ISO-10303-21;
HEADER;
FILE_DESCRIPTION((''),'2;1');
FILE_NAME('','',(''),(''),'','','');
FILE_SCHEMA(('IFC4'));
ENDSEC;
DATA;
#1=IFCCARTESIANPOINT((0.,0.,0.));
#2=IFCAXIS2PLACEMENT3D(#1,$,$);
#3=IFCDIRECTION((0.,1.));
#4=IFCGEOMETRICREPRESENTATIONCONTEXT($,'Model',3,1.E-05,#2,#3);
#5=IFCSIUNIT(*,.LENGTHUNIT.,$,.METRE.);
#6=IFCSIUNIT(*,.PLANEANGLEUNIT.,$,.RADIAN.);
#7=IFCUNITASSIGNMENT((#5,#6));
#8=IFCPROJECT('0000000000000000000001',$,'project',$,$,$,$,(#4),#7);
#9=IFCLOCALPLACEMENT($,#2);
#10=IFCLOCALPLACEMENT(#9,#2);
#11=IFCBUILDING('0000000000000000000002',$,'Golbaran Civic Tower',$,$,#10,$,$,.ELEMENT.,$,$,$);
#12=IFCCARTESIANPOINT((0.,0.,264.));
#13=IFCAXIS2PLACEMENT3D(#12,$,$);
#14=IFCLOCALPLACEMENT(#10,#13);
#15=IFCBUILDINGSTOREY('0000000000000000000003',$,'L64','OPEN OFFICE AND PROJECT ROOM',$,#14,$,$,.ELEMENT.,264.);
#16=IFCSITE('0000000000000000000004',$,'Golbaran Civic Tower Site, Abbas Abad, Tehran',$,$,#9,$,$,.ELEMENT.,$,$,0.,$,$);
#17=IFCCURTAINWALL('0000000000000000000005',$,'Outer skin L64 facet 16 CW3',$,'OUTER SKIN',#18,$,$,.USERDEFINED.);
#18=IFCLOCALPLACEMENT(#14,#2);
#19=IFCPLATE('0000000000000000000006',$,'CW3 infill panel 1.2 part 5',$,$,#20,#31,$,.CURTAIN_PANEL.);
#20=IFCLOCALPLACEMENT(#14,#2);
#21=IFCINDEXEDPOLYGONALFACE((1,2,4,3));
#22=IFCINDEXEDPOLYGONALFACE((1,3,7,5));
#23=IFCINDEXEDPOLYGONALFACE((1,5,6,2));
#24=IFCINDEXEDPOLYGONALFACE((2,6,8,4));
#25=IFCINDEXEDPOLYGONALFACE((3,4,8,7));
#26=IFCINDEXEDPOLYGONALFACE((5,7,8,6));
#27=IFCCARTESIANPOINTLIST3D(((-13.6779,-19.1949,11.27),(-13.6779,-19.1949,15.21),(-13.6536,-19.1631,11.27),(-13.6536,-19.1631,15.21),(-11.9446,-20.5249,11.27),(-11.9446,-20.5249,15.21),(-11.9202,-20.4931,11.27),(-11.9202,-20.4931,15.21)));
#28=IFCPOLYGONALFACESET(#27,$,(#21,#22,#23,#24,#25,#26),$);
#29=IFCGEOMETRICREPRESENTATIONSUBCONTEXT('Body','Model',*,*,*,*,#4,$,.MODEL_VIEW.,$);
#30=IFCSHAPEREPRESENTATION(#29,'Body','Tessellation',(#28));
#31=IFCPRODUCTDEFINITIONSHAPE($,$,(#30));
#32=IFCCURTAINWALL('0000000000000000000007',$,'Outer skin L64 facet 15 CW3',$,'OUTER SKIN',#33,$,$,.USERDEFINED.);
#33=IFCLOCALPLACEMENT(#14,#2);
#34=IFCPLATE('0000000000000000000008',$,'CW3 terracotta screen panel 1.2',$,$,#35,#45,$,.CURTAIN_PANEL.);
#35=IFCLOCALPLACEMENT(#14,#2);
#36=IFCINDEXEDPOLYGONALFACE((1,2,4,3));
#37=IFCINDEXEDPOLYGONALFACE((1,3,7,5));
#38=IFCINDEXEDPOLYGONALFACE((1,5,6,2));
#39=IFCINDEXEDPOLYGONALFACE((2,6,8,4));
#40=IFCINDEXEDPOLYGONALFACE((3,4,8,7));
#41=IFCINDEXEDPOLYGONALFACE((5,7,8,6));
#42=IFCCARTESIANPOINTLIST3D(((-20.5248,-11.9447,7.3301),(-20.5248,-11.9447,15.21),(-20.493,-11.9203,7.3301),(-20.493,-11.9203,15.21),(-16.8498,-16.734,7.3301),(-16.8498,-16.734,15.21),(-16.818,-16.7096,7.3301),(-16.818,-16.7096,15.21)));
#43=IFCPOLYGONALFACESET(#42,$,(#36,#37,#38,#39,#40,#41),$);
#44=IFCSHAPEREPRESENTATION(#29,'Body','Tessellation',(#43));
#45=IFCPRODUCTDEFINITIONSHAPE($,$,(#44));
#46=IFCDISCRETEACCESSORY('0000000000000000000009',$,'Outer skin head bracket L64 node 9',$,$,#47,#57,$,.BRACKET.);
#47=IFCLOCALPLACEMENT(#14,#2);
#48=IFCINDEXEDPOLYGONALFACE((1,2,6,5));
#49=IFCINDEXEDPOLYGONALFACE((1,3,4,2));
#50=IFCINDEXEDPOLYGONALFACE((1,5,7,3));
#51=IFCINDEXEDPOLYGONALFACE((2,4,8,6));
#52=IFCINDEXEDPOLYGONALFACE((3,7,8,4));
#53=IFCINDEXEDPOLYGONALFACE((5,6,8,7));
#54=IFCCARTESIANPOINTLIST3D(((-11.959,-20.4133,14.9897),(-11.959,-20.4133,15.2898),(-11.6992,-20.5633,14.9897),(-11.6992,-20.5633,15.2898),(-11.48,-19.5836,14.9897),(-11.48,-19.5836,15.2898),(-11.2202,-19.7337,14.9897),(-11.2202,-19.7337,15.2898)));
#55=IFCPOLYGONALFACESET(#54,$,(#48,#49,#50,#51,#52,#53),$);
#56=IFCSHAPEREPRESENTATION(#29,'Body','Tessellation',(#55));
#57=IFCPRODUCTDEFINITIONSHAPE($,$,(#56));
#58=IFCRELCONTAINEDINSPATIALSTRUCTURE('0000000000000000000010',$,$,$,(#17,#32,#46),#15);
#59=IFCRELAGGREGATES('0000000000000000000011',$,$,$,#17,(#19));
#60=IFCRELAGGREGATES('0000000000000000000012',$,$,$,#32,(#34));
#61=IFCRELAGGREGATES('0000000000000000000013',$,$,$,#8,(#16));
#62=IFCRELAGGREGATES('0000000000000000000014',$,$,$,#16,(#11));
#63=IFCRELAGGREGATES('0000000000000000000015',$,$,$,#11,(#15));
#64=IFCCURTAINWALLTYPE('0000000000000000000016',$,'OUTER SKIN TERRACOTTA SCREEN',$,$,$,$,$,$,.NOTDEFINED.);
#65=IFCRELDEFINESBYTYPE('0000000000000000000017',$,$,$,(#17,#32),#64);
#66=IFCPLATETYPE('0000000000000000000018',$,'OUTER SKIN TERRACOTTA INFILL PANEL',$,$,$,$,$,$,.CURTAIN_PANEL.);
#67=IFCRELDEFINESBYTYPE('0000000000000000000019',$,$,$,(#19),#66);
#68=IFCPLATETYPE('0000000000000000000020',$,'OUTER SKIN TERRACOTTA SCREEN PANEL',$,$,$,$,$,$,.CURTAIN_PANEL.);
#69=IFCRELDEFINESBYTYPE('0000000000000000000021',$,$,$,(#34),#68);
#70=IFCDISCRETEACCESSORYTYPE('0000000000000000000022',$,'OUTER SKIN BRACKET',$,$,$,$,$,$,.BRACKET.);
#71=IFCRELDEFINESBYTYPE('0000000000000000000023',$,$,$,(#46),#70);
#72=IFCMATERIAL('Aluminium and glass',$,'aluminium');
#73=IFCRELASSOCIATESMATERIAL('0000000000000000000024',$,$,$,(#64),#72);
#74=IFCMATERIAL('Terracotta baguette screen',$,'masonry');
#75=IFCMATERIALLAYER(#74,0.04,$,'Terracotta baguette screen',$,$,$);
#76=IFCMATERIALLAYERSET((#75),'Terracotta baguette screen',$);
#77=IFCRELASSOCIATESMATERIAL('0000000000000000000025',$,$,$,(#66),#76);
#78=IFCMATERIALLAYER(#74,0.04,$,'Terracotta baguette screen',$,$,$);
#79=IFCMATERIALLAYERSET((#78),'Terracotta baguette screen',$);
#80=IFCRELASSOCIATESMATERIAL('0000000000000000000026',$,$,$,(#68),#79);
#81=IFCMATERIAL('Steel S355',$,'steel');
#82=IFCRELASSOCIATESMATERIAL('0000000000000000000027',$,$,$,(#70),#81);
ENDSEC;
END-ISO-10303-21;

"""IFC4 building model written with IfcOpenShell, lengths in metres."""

from ifc_helpers import new_model, si_unit, direction, frame, origin, origin_2d, place, context, subcontext, project, spatial, rectangle, extrude, material, layer, layer_set, type_object, element, aggregate, save


model = new_model("IFC4")

# Units and contexts
model_context = context("Model", 3, precision=1e-05, world=origin(), true_north=direction((0.0, 1.0)))
body_context = subcontext(model_context, "Body", "Model", "MODEL_VIEW")
ifc_project = project(units=[si_unit("LENGTHUNIT", "METRE"), si_unit("PLANEANGLEUNIT", "RADIAN")], contexts=[model_context])

# Site, building, storey
site_placement = place(None, origin())
site = spatial("IfcSite", under=ifc_project, at=site_placement, Name="Golbaran Civic Tower Site, Abbas Abad, Tehran", CompositionType="ELEMENT", RefElevation=0.0)
building_placement = place(site_placement, origin())
building = spatial("IfcBuilding", under=site, at=building_placement, Name="Golbaran Civic Tower", CompositionType="ELEMENT")
storey_placement = place(building_placement, frame((0.0, 0.0, 264.0)))
storey = spatial("IfcBuildingStorey", under=building, at=storey_placement, Name="L64", Description="OPEN OFFICE AND PROJECT ROOM", CompositionType="ELEMENT", Elevation=264.0)

# Curtain wall
ifc_material_1 = material(Name="Aluminium and glass", Category="aluminium")
curtain_wall_type_1 = type_object("IfcCurtainWallType", Name="OUTER SKIN TERRACOTTA SCREEN", PredefinedType="NOTDEFINED", material=ifc_material_1)
curtain_wall_1_placement = place(storey_placement, origin())
curtain_wall_1 = element("IfcCurtainWall", 1, at=curtain_wall_1_placement, inside=storey, type_object=curtain_wall_type_1, Name="Outer skin L64 facet 16 CW3", ObjectType="OUTER SKIN", PredefinedType="USERDEFINED")

# Plate
ifc_material_2 = material(Name="Terracotta baguette screen", Category="masonry")
ifc_layer_1 = layer(ifc_material_2, 0.04, Name="Terracotta baguette screen")
ifc_layer_set_1 = layer_set([ifc_layer_1], Name="Terracotta baguette screen")
plate_type_1 = type_object("IfcPlateType", Name="OUTER SKIN TERRACOTTA INFILL PANEL", PredefinedType="CURTAIN_PANEL", material=ifc_layer_set_1)
plate_1_placement = place(storey_placement, frame((-12.7991, -19.844, 11.27), z_axis=(0.0, 0.0, 1.0), x_axis=(0.793353, -0.608761, 0.0)))
plate_1 = element("IfcPlate", 2, at=plate_1_placement, type_object=plate_type_1, Name="CW3 infill panel 1.2 part 5", PredefinedType="CURTAIN_PANEL", context=body_context, shape_type="SweptSolid", body=[
    extrude(rectangle(XDim=2.1848, YDim=0.04, at=origin_2d()), origin(), (0.0, 0.0, 1.0), 3.9399),
])
aggregate(curtain_wall_1, [plate_1])

# Curtain wall, plate
curtain_wall_2_placement = place(storey_placement, origin())
curtain_wall_2 = element("IfcCurtainWall", 3, at=curtain_wall_2_placement, inside=storey, type_object=curtain_wall_type_1, Name="Outer skin L64 facet 15 CW3", ObjectType="OUTER SKIN", PredefinedType="USERDEFINED")
ifc_layer_2 = layer(ifc_material_2, 0.04, Name="Terracotta baguette screen")
ifc_layer_set_2 = layer_set([ifc_layer_2], Name="Terracotta baguette screen")
plate_type_2 = type_object("IfcPlateType", Name="OUTER SKIN TERRACOTTA SCREEN PANEL", PredefinedType="CURTAIN_PANEL", material=ifc_layer_set_2)
plate_2_placement = place(storey_placement, frame((-18.6714, -14.3271, 7.3301), z_axis=(0.0, 0.0, 1.0), x_axis=(0.608761, -0.793353, 0.0)))
plate_2 = element("IfcPlate", 4, at=plate_2_placement, type_object=plate_type_2, Name="CW3 terracotta screen panel 1.2", PredefinedType="CURTAIN_PANEL", context=body_context, shape_type="SweptSolid", body=[
    extrude(rectangle(XDim=6.0369, YDim=0.04, at=origin_2d()), origin(), (0.0, 0.0, 1.0), 7.8799),
])
aggregate(curtain_wall_2, [plate_2])

# Discrete accessory
ifc_material_3 = material(Name="Steel S355", Category="steel")
discrete_accessory_type = type_object("IfcDiscreteAccessoryType", Name="OUTER SKIN BRACKET", PredefinedType="BRACKET", material=ifc_material_3)
discrete_accessory_placement = place(storey_placement, frame((-11.5896, -20.0735, 14.9897), z_axis=(0.0, 0.0, 1.0), x_axis=(-0.5, -0.866025, 0.0)))
element("IfcDiscreteAccessory", 5, at=discrete_accessory_placement, inside=storey, type_object=discrete_accessory_type, Name="Outer skin head bracket L64 node 9", PredefinedType="BRACKET", context=body_context, shape_type="SweptSolid", body=[
    extrude(rectangle(XDim=0.958, YDim=0.3, at=origin_2d()), origin(), (0.0, 0.0, 1.0), 0.3),
])

save(model, "model.ifc")
